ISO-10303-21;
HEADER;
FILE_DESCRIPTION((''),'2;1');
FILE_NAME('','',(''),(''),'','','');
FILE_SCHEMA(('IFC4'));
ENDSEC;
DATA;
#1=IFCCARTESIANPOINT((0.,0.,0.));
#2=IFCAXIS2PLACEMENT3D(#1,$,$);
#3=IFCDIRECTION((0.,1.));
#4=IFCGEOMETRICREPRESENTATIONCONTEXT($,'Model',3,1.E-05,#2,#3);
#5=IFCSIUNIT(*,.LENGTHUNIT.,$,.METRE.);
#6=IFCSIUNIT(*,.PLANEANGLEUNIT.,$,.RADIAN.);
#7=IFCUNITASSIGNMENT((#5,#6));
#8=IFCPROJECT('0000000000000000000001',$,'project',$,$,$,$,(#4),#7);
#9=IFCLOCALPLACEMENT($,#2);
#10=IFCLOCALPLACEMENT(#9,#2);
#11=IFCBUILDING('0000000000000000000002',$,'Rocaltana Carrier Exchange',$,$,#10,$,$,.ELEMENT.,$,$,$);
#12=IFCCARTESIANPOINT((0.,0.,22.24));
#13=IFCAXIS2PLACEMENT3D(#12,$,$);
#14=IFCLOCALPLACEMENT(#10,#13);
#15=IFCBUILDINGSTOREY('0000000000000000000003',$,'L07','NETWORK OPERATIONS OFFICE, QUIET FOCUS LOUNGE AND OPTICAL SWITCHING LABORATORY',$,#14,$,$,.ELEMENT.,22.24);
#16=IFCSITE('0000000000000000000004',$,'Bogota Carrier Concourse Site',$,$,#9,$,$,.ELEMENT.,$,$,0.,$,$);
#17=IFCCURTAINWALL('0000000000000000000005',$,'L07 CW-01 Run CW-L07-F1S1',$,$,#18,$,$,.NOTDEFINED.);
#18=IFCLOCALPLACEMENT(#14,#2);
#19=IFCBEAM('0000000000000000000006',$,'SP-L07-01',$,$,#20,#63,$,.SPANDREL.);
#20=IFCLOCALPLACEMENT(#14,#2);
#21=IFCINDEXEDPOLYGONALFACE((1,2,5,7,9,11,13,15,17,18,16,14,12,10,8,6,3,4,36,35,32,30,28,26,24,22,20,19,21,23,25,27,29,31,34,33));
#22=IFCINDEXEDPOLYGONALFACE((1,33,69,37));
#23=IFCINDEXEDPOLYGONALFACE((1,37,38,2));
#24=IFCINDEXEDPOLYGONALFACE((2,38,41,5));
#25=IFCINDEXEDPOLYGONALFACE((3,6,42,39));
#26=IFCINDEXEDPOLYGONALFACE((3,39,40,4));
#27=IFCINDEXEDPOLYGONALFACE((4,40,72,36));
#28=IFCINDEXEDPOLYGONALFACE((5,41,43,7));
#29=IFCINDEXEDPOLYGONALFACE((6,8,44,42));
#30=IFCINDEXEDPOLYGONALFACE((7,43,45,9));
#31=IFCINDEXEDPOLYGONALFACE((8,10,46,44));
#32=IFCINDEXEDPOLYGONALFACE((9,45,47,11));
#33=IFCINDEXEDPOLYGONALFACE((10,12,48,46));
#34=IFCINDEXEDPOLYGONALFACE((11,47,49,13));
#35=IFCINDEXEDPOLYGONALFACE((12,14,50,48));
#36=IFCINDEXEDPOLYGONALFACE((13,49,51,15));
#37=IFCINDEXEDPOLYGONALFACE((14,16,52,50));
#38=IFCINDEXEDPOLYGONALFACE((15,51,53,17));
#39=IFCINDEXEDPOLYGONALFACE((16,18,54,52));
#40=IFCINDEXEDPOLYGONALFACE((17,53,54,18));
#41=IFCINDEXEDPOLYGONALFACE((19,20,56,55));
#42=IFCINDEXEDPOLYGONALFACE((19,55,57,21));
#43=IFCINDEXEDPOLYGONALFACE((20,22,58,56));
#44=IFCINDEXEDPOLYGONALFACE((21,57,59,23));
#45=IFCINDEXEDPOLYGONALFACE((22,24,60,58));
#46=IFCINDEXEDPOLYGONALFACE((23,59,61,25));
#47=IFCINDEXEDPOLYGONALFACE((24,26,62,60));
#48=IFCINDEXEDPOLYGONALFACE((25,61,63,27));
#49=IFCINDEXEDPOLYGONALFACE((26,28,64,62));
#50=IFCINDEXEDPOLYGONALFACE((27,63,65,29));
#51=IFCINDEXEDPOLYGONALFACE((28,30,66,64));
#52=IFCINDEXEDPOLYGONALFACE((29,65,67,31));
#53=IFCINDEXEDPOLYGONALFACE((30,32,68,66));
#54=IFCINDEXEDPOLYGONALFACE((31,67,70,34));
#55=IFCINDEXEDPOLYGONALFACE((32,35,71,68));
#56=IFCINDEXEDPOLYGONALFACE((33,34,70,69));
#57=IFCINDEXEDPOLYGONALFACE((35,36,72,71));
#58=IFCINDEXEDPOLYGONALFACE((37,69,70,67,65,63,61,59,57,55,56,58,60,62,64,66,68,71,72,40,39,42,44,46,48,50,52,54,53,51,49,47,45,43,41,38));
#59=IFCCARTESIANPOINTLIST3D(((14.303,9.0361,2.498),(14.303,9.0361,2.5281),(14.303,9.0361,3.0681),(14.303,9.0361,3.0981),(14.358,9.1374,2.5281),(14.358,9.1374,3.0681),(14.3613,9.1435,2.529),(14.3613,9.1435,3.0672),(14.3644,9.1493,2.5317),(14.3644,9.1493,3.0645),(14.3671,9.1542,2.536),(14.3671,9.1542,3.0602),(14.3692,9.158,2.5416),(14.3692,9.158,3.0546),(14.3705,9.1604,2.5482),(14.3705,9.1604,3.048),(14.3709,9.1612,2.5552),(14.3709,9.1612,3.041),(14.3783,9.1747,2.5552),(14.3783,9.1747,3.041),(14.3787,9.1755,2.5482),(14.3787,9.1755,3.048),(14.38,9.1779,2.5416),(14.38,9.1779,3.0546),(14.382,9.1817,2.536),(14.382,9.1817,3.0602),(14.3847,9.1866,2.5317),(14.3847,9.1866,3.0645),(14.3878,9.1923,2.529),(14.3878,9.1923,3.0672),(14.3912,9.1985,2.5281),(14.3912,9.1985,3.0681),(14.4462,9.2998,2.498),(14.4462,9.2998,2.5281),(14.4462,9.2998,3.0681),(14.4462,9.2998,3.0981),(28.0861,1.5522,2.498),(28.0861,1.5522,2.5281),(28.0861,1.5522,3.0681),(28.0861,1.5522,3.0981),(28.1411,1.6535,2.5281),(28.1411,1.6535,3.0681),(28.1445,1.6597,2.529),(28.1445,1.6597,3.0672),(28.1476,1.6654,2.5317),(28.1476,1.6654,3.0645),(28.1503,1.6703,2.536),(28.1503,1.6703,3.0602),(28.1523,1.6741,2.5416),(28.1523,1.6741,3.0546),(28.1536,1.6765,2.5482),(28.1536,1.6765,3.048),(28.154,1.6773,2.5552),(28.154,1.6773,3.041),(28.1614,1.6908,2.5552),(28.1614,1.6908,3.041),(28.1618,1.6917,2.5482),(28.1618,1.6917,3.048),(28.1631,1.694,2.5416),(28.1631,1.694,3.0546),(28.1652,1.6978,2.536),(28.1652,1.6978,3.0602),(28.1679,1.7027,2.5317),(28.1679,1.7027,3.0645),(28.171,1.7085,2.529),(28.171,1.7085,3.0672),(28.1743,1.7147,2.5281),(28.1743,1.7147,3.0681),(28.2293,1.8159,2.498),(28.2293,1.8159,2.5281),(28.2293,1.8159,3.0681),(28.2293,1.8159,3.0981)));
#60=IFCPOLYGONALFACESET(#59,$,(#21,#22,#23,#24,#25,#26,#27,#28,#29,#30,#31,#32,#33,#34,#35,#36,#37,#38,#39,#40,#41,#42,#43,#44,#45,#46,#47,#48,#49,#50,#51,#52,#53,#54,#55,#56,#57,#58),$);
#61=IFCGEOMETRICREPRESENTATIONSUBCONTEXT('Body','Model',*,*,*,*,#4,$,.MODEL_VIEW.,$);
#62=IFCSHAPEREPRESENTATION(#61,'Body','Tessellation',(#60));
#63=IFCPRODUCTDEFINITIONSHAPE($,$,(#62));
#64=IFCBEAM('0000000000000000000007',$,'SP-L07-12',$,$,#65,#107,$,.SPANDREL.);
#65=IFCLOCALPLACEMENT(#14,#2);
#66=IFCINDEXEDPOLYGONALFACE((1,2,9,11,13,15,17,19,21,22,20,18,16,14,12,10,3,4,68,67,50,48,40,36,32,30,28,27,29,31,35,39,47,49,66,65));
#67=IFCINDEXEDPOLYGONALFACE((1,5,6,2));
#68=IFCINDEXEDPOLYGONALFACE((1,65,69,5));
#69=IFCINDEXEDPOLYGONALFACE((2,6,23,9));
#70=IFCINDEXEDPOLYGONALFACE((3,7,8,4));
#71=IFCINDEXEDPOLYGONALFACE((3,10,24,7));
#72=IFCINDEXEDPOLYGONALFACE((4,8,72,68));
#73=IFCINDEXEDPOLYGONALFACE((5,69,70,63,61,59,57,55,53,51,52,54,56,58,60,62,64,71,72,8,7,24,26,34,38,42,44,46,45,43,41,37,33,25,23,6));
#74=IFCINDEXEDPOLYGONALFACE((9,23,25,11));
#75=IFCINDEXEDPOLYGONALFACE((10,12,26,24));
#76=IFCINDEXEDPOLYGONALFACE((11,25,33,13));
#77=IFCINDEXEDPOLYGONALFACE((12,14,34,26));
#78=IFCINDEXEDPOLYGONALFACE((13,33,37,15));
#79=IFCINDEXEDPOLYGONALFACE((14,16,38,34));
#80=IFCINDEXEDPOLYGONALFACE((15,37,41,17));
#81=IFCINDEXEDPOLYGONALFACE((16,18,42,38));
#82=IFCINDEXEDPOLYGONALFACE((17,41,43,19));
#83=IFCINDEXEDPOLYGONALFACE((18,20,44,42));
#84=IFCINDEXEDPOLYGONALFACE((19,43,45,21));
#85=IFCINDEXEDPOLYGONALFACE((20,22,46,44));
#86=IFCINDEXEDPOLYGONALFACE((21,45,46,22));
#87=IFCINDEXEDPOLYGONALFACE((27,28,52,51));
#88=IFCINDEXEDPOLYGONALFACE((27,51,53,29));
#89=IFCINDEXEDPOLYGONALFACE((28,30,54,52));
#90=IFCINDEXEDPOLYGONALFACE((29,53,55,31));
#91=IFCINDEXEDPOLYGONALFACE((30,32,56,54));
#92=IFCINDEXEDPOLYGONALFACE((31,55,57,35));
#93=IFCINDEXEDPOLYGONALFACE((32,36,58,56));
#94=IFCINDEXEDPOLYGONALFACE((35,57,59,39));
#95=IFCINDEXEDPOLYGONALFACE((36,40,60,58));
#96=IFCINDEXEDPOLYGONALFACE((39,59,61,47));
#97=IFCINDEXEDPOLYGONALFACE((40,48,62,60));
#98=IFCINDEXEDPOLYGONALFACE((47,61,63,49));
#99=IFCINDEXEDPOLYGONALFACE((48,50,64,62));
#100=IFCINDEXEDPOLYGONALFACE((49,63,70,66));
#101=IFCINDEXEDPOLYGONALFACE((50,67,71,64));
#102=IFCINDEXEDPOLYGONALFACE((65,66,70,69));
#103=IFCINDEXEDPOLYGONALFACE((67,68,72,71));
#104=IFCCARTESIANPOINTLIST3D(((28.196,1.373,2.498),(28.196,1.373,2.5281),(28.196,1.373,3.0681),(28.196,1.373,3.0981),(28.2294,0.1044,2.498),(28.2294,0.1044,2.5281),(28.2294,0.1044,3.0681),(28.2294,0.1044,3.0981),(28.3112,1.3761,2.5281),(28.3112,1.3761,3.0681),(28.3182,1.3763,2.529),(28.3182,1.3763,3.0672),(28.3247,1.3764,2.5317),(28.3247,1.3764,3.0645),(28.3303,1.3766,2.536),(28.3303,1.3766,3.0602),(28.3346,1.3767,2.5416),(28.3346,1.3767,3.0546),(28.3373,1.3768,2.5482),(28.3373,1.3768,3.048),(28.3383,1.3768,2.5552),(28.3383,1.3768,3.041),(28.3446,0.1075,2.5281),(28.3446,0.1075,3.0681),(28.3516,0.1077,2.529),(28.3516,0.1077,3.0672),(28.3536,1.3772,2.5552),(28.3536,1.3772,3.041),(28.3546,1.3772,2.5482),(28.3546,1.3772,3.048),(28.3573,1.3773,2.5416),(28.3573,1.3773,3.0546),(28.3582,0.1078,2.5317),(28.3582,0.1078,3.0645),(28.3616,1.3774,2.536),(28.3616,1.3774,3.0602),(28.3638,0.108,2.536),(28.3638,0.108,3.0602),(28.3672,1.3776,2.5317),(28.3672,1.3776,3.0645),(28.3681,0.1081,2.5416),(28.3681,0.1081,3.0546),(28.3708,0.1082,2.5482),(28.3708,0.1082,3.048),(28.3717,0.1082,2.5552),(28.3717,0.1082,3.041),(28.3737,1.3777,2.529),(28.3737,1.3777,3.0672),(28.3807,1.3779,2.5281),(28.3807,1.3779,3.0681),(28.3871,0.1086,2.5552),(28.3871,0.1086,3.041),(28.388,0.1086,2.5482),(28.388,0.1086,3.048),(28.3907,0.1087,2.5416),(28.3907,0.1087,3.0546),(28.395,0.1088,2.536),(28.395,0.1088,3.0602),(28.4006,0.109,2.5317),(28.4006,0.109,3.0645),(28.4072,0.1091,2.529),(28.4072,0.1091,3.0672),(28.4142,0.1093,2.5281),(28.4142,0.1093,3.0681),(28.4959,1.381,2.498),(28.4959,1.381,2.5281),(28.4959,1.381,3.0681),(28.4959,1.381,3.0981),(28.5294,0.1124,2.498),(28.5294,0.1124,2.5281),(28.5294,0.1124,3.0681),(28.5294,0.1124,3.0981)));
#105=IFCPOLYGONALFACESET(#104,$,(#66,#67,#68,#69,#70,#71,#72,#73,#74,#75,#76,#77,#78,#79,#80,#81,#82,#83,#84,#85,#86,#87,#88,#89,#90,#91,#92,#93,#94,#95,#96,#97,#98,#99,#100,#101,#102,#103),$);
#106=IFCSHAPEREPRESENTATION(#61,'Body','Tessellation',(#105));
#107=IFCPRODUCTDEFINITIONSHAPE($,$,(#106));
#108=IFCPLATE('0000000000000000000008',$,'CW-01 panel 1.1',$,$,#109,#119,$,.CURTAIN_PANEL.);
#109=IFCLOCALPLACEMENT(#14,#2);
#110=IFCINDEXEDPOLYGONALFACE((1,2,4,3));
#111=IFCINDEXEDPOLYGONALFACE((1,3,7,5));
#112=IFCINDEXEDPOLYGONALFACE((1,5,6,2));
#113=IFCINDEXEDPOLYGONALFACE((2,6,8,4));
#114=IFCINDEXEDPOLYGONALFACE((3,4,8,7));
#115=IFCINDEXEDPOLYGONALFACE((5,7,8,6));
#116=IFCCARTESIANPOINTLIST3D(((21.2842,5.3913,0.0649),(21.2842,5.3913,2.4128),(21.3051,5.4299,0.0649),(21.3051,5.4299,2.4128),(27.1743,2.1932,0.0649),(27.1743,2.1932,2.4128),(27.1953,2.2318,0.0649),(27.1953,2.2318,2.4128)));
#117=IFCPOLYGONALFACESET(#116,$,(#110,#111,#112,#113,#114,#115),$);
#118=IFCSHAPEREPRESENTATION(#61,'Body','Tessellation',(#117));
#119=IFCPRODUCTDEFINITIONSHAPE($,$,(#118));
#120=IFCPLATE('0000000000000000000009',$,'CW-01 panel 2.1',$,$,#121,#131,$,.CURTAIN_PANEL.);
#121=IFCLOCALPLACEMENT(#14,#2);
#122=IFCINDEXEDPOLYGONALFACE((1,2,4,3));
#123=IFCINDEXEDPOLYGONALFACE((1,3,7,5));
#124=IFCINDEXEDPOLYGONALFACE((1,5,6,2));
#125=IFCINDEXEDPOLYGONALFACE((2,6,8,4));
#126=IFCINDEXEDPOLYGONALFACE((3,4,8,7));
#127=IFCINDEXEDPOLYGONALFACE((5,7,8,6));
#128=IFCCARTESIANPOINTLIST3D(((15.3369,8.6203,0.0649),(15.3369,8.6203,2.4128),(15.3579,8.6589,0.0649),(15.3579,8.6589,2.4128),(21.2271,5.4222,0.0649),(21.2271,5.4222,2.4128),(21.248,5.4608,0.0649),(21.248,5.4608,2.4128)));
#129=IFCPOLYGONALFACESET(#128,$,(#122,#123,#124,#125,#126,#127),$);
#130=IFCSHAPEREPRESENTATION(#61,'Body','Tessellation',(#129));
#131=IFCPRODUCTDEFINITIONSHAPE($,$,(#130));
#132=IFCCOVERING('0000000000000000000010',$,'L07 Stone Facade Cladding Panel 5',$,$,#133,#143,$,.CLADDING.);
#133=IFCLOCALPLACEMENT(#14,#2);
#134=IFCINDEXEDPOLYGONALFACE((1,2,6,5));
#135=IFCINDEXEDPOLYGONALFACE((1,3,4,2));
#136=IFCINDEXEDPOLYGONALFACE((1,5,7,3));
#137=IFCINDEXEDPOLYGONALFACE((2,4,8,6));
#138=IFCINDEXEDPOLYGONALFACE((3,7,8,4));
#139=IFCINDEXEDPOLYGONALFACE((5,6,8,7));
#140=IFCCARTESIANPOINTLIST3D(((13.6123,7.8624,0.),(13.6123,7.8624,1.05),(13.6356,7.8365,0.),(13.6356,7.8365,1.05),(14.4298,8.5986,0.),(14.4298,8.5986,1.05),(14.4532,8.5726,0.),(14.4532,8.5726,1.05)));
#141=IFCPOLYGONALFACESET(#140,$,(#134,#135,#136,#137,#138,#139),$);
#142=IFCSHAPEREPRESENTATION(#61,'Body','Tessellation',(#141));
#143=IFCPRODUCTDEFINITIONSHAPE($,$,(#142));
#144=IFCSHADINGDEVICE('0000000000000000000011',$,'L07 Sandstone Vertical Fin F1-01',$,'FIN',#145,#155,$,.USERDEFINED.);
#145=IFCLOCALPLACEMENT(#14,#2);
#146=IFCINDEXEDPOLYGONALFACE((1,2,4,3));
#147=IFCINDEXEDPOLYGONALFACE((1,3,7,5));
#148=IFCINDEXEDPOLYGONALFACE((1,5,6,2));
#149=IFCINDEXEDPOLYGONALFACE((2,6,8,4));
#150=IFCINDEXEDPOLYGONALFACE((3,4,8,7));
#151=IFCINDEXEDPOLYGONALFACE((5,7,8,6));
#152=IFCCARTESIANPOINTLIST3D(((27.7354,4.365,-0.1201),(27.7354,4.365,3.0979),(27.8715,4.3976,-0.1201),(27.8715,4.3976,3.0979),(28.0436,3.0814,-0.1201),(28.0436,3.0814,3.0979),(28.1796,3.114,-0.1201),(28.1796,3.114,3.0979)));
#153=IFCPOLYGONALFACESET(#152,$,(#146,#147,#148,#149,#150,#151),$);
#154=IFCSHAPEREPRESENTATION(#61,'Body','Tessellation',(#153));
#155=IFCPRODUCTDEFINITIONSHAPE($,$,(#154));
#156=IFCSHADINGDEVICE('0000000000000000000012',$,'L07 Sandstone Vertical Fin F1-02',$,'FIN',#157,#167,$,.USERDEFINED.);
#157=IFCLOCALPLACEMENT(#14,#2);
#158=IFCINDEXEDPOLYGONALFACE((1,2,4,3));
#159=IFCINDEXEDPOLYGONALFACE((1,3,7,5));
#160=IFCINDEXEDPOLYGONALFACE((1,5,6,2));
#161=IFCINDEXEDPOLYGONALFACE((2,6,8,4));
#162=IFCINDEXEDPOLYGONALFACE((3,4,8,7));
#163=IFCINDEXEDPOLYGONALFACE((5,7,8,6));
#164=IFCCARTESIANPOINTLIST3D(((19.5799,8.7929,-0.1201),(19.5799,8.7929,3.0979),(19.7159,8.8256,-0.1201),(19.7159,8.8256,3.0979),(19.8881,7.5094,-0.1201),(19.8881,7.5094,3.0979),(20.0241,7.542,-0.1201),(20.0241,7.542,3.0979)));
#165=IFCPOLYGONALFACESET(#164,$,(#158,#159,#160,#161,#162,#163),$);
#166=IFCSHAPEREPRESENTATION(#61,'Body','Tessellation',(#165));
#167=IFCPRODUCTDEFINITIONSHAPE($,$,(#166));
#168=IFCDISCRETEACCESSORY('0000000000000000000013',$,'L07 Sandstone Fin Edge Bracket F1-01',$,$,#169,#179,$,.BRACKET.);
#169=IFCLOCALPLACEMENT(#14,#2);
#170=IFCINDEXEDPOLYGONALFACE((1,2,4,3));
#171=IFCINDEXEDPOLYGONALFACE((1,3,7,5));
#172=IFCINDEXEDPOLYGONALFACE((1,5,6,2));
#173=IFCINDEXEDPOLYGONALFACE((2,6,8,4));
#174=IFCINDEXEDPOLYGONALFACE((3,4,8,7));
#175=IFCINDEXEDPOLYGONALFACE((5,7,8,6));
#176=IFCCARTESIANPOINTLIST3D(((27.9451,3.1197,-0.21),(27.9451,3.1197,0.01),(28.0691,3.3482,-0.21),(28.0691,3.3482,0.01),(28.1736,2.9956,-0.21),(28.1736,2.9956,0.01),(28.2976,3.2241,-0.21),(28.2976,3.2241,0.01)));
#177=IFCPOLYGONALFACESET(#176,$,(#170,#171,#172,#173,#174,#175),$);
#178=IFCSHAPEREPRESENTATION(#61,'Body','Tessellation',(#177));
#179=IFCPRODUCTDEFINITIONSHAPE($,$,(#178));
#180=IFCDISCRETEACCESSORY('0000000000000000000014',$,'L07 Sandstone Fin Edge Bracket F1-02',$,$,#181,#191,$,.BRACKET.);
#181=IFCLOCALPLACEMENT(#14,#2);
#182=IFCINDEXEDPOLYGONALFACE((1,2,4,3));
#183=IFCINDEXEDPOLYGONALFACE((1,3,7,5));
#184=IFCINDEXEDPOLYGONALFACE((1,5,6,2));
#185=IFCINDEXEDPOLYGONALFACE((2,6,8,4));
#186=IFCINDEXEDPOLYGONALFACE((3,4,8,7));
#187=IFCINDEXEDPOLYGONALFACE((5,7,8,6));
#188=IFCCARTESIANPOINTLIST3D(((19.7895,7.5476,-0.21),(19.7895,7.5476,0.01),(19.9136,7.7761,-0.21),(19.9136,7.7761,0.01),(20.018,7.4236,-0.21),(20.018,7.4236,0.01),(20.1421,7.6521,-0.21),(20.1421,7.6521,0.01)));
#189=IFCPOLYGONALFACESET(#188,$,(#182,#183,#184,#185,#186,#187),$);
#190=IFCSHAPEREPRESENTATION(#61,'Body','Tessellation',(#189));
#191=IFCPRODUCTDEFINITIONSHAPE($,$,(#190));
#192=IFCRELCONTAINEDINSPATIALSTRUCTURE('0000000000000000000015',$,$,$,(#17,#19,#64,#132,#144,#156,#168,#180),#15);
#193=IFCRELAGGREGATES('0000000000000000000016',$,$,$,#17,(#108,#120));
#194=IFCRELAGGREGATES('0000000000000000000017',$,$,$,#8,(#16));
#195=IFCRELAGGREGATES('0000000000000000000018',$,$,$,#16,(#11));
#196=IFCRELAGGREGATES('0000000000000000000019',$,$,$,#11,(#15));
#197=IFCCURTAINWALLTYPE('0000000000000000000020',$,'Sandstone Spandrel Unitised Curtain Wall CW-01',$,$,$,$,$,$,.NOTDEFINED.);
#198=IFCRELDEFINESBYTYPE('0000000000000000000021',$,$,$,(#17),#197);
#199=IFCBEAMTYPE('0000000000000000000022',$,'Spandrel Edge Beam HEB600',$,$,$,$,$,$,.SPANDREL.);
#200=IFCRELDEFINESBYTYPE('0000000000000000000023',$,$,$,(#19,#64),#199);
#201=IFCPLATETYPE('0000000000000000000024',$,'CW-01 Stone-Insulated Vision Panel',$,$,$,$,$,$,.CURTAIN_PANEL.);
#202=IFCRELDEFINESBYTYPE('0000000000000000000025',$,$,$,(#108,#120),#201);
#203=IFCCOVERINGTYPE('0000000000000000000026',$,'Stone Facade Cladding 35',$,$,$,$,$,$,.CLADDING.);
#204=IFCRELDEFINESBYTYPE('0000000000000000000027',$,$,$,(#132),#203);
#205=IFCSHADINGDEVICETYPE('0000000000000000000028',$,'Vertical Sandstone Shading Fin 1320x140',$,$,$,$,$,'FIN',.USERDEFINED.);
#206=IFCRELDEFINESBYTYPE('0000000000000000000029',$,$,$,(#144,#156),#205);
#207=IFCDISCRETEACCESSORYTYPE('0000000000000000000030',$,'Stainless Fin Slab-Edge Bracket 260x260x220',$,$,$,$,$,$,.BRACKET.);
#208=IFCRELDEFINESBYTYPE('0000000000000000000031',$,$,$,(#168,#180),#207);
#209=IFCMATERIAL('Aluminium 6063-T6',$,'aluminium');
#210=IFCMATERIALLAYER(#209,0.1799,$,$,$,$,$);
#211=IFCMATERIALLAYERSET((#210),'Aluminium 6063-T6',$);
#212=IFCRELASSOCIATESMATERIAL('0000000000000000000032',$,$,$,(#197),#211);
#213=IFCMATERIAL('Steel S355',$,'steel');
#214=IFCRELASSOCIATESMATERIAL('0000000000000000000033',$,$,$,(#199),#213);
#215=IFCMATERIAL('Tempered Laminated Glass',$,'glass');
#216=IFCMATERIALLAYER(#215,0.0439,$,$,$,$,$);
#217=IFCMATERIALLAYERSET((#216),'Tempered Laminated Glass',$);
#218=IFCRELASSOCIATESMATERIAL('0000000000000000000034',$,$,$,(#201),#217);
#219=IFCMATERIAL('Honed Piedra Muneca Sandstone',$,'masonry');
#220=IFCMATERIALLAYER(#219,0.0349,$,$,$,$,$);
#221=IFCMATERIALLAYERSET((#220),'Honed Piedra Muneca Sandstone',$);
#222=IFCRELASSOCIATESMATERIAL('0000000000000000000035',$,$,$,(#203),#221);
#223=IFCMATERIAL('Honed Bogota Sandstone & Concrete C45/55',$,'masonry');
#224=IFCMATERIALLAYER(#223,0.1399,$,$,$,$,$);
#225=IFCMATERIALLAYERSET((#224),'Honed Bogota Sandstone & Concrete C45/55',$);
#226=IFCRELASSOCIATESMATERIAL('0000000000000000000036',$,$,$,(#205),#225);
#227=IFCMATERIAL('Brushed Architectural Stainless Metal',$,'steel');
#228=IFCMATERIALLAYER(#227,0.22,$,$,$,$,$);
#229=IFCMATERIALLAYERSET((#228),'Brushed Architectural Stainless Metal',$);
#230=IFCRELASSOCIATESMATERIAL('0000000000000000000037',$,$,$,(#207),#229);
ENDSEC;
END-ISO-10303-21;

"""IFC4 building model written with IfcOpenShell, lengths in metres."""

from ifc_helpers import new_model, si_unit, direction, frame, origin, origin_2d, place, context, subcontext, project, spatial, rectangle, i_section, extrude, material, layer, layer_set, material_profile, profile_set, type_object, element, aggregate, save


model = new_model("IFC4")

# Units and contexts
model_context = context("Model", 3, precision=1e-05, world=origin(), true_north=direction((0.0, 1.0)))
body_context = subcontext(model_context, "Body", "Model", "MODEL_VIEW")
ifc_project = project(units=[si_unit("LENGTHUNIT", "METRE"), si_unit("PLANEANGLEUNIT", "RADIAN")], contexts=[model_context])

# Site, building, storey
site_placement = place(None, origin())
site = spatial("IfcSite", under=ifc_project, at=site_placement, Name="Bogota Carrier Concourse Site", CompositionType="ELEMENT", RefElevation=0.0)
building_placement = place(site_placement, origin())
building = spatial("IfcBuilding", under=site, at=building_placement, Name="Rocaltana Carrier Exchange", CompositionType="ELEMENT")
storey_placement = place(building_placement, frame((0.0, 0.0, 22.24)))
storey = spatial("IfcBuildingStorey", under=building, at=storey_placement, Name="L07", Description="NETWORK OPERATIONS OFFICE, QUIET FOCUS LOUNGE AND OPTICAL SWITCHING LABORATORY", CompositionType="ELEMENT", Elevation=22.24)

# Curtain wall
ifc_material_1 = material(Name="Aluminium 6063-T6", Category="aluminium")
ifc_layer_1 = layer(ifc_material_1, 0.1799)
ifc_layer_set_1 = layer_set([ifc_layer_1], Name="Aluminium 6063-T6")
curtain_wall_type = type_object("IfcCurtainWallType", Name="Sandstone Spandrel Unitised Curtain Wall CW-01", PredefinedType="NOTDEFINED", material=ifc_layer_set_1)
curtain_wall_placement = place(storey_placement, origin())
curtain_wall = element("IfcCurtainWall", 1, at=curtain_wall_placement, inside=storey, type_object=curtain_wall_type, Name="L07 CW-01 Run CW-L07-F1S1", PredefinedType="NOTDEFINED")

# Beams
ifc_material_2 = material(Name="Steel S355", Category="steel")
ifc_material_profile_1 = material_profile(ifc_material_2, i_section(OverallWidth=0.3, OverallDepth=0.6001, WebThickness=0.0154, FlangeThickness=0.03, FilletRadius=0.0271, at=origin_2d()), Name="HEB600")
ifc_profile_set_1 = profile_set([ifc_material_profile_1], Name="Steel S355")
beam_type_1 = type_object("IfcBeamType", Name="Spandrel Edge Beam HEB600", PredefinedType="SPANDREL", material=ifc_profile_set_1)
beam_1_placement = place(storey_placement, frame((28.1577, 1.6841, 2.7981), z_axis=(-0.878811, 0.477169, 0.0), x_axis=(-0.477169, -0.878811, 0.0)))
element("IfcBeam", 2, at=beam_1_placement, inside=storey, type_object=beam_type_1, Name="SP-L07-01", PredefinedType="SPANDREL", context=body_context, shape_type="SweptSolid", body=[
    extrude(i_section(OverallWidth=0.3, OverallDepth=0.6001, WebThickness=0.0154, FlangeThickness=0.03, FilletRadius=0.0271, at=origin_2d()), origin(), (0.0, 0.0, 1.0), 15.6838),
])
beam_2_placement = place(storey_placement, frame((28.3794, 0.1084, 2.7981), z_axis=(-0.026357, 0.999653, 0.0), x_axis=(-0.999653, -0.026357, 0.0)))
element("IfcBeam", 3, at=beam_2_placement, inside=storey, type_object=beam_type_1, Name="SP-L07-12", PredefinedType="SPANDREL", context=body_context, shape_type="SweptSolid", body=[
    extrude(i_section(OverallWidth=0.3, OverallDepth=0.6001, WebThickness=0.0154, FlangeThickness=0.03, FilletRadius=0.0271, at=origin_2d()), origin(), (0.0, 0.0, 1.0), 1.269),
])

# Plates
ifc_material_3 = material(Name="Tempered Laminated Glass", Category="glass")
ifc_layer_2 = layer(ifc_material_3, 0.0439)
ifc_layer_set_2 = layer_set([ifc_layer_2], Name="Tempered Laminated Glass")
plate_type = type_object("IfcPlateType", Name="CW-01 Stone-Insulated Vision Panel", PredefinedType="CURTAIN_PANEL", material=ifc_layer_set_2)
plate_1_placement = place(storey_placement, frame((24.2397, 3.8115, 0.0649), z_axis=(0.0, 0.0, 1.0), x_axis=(-0.878816, 0.477161, 0.0)))
plate_1 = element("IfcPlate", 4, at=plate_1_placement, type_object=plate_type, Name="CW-01 panel 1.1", PredefinedType="CURTAIN_PANEL", context=body_context, shape_type="SweptSolid", body=[
    extrude(rectangle(XDim=6.7024, YDim=0.0439, at=origin_2d()), origin(), (0.0, 0.0, 1.0), 2.3479),
])
plate_2_placement = place(storey_placement, frame((18.2925, 7.0405, 0.0649), z_axis=(0.0, 0.0, 1.0), x_axis=(-0.878816, 0.477161, 0.0)))
plate_2 = element("IfcPlate", 5, at=plate_2_placement, type_object=plate_type, Name="CW-01 panel 2.1", PredefinedType="CURTAIN_PANEL", context=body_context, shape_type="SweptSolid", body=[
    extrude(rectangle(XDim=6.7024, YDim=0.0439, at=origin_2d()), origin(), (0.0, 0.0, 1.0), 2.3479),
])
aggregate(curtain_wall, [plate_1, plate_2])

# Covering
ifc_material_4 = material(Name="Honed Piedra Muneca Sandstone", Category="masonry")
ifc_layer_3 = layer(ifc_material_4, 0.0349)
ifc_layer_set_3 = layer_set([ifc_layer_3], Name="Honed Piedra Muneca Sandstone")
covering_type = type_object("IfcCoveringType", Name="Stone Facade Cladding 35", PredefinedType="CLADDING", material=ifc_layer_set_3)
covering_placement = place(storey_placement, frame((14.0327, 8.2175, 0.0), z_axis=(0.0, 0.0, 1.0), x_axis=(0.743145, 0.669131, 0.0)))
element("IfcCovering", 6, at=covering_placement, inside=storey, type_object=covering_type, Name="L07 Stone Facade Cladding Panel 5", PredefinedType="CLADDING", context=body_context, shape_type="SweptSolid", body=[
    extrude(rectangle(XDim=1.1001, YDim=0.0349, at=origin_2d()), origin(), (0.0, 0.0, 1.0), 1.05),
])

# Shading devices
ifc_material_5 = material(Name="Honed Bogota Sandstone & Concrete C45/55", Category="masonry")
ifc_layer_4 = layer(ifc_material_5, 0.1399)
ifc_layer_set_4 = layer_set([ifc_layer_4], Name="Honed Bogota Sandstone & Concrete C45/55")
shading_device_type = type_object("IfcShadingDeviceType", Name="Vertical Sandstone Shading Fin 1320x140", ElementType="FIN", PredefinedType="USERDEFINED", material=ifc_layer_set_4)
for number, where, z_axis, x_axis, name in (
    (7, (27.9575, 3.7395, -0.1201), (0.0, 0.0, 1.0), (-0.233445, 0.97237, 0.0), "L07 Sandstone Vertical Fin F1-01"),
    (8, (19.802, 8.1675, -0.1201), (0.0, 0.0, 1.0), (-0.233445, 0.97237, 0.0), "L07 Sandstone Vertical Fin F1-02"),
):
    element("IfcShadingDevice", number, at=place(storey_placement, frame(where, z_axis=z_axis, x_axis=x_axis)), inside=storey, type_object=shading_device_type, Name=name, ObjectType="FIN", PredefinedType="USERDEFINED", context=body_context, shape_type="SweptSolid", body=[
        extrude(rectangle(XDim=1.3201, YDim=0.1399, at=origin_2d()), origin(), (0.0, 0.0, 1.0), 3.218),
    ])

# Discrete accessories
ifc_material_6 = material(Name="Brushed Architectural Stainless Metal", Category="steel")
ifc_layer_5 = layer(ifc_material_6, 0.22)
ifc_layer_set_5 = layer_set([ifc_layer_5], Name="Brushed Architectural Stainless Metal")
discrete_accessory_type = type_object("IfcDiscreteAccessoryType", Name="Stainless Fin Slab-Edge Bracket 260x260x220", PredefinedType="BRACKET", material=ifc_layer_set_5)
for number, where, z_axis, x_axis, name in (
    (9, (28.1213, 3.1719, -0.21), (0.0, 0.0, 1.0), (-0.878817, 0.477159, 0.0), "L07 Sandstone Fin Edge Bracket F1-01"),
    (10, (19.9658, 7.5999, -0.21), (0.0, 0.0, 1.0), (-0.878817, 0.477159, 0.0), "L07 Sandstone Fin Edge Bracket F1-02"),
):
    element("IfcDiscreteAccessory", number, at=place(storey_placement, frame(where, z_axis=z_axis, x_axis=x_axis)), inside=storey, type_object=discrete_accessory_type, Name=name, PredefinedType="BRACKET", context=body_context, shape_type="SweptSolid", body=[
        extrude(rectangle(XDim=0.26, YDim=0.26, at=origin_2d()), origin(), (0.0, 0.0, 1.0), 0.22),
    ])

save(model, "model.ifc")
